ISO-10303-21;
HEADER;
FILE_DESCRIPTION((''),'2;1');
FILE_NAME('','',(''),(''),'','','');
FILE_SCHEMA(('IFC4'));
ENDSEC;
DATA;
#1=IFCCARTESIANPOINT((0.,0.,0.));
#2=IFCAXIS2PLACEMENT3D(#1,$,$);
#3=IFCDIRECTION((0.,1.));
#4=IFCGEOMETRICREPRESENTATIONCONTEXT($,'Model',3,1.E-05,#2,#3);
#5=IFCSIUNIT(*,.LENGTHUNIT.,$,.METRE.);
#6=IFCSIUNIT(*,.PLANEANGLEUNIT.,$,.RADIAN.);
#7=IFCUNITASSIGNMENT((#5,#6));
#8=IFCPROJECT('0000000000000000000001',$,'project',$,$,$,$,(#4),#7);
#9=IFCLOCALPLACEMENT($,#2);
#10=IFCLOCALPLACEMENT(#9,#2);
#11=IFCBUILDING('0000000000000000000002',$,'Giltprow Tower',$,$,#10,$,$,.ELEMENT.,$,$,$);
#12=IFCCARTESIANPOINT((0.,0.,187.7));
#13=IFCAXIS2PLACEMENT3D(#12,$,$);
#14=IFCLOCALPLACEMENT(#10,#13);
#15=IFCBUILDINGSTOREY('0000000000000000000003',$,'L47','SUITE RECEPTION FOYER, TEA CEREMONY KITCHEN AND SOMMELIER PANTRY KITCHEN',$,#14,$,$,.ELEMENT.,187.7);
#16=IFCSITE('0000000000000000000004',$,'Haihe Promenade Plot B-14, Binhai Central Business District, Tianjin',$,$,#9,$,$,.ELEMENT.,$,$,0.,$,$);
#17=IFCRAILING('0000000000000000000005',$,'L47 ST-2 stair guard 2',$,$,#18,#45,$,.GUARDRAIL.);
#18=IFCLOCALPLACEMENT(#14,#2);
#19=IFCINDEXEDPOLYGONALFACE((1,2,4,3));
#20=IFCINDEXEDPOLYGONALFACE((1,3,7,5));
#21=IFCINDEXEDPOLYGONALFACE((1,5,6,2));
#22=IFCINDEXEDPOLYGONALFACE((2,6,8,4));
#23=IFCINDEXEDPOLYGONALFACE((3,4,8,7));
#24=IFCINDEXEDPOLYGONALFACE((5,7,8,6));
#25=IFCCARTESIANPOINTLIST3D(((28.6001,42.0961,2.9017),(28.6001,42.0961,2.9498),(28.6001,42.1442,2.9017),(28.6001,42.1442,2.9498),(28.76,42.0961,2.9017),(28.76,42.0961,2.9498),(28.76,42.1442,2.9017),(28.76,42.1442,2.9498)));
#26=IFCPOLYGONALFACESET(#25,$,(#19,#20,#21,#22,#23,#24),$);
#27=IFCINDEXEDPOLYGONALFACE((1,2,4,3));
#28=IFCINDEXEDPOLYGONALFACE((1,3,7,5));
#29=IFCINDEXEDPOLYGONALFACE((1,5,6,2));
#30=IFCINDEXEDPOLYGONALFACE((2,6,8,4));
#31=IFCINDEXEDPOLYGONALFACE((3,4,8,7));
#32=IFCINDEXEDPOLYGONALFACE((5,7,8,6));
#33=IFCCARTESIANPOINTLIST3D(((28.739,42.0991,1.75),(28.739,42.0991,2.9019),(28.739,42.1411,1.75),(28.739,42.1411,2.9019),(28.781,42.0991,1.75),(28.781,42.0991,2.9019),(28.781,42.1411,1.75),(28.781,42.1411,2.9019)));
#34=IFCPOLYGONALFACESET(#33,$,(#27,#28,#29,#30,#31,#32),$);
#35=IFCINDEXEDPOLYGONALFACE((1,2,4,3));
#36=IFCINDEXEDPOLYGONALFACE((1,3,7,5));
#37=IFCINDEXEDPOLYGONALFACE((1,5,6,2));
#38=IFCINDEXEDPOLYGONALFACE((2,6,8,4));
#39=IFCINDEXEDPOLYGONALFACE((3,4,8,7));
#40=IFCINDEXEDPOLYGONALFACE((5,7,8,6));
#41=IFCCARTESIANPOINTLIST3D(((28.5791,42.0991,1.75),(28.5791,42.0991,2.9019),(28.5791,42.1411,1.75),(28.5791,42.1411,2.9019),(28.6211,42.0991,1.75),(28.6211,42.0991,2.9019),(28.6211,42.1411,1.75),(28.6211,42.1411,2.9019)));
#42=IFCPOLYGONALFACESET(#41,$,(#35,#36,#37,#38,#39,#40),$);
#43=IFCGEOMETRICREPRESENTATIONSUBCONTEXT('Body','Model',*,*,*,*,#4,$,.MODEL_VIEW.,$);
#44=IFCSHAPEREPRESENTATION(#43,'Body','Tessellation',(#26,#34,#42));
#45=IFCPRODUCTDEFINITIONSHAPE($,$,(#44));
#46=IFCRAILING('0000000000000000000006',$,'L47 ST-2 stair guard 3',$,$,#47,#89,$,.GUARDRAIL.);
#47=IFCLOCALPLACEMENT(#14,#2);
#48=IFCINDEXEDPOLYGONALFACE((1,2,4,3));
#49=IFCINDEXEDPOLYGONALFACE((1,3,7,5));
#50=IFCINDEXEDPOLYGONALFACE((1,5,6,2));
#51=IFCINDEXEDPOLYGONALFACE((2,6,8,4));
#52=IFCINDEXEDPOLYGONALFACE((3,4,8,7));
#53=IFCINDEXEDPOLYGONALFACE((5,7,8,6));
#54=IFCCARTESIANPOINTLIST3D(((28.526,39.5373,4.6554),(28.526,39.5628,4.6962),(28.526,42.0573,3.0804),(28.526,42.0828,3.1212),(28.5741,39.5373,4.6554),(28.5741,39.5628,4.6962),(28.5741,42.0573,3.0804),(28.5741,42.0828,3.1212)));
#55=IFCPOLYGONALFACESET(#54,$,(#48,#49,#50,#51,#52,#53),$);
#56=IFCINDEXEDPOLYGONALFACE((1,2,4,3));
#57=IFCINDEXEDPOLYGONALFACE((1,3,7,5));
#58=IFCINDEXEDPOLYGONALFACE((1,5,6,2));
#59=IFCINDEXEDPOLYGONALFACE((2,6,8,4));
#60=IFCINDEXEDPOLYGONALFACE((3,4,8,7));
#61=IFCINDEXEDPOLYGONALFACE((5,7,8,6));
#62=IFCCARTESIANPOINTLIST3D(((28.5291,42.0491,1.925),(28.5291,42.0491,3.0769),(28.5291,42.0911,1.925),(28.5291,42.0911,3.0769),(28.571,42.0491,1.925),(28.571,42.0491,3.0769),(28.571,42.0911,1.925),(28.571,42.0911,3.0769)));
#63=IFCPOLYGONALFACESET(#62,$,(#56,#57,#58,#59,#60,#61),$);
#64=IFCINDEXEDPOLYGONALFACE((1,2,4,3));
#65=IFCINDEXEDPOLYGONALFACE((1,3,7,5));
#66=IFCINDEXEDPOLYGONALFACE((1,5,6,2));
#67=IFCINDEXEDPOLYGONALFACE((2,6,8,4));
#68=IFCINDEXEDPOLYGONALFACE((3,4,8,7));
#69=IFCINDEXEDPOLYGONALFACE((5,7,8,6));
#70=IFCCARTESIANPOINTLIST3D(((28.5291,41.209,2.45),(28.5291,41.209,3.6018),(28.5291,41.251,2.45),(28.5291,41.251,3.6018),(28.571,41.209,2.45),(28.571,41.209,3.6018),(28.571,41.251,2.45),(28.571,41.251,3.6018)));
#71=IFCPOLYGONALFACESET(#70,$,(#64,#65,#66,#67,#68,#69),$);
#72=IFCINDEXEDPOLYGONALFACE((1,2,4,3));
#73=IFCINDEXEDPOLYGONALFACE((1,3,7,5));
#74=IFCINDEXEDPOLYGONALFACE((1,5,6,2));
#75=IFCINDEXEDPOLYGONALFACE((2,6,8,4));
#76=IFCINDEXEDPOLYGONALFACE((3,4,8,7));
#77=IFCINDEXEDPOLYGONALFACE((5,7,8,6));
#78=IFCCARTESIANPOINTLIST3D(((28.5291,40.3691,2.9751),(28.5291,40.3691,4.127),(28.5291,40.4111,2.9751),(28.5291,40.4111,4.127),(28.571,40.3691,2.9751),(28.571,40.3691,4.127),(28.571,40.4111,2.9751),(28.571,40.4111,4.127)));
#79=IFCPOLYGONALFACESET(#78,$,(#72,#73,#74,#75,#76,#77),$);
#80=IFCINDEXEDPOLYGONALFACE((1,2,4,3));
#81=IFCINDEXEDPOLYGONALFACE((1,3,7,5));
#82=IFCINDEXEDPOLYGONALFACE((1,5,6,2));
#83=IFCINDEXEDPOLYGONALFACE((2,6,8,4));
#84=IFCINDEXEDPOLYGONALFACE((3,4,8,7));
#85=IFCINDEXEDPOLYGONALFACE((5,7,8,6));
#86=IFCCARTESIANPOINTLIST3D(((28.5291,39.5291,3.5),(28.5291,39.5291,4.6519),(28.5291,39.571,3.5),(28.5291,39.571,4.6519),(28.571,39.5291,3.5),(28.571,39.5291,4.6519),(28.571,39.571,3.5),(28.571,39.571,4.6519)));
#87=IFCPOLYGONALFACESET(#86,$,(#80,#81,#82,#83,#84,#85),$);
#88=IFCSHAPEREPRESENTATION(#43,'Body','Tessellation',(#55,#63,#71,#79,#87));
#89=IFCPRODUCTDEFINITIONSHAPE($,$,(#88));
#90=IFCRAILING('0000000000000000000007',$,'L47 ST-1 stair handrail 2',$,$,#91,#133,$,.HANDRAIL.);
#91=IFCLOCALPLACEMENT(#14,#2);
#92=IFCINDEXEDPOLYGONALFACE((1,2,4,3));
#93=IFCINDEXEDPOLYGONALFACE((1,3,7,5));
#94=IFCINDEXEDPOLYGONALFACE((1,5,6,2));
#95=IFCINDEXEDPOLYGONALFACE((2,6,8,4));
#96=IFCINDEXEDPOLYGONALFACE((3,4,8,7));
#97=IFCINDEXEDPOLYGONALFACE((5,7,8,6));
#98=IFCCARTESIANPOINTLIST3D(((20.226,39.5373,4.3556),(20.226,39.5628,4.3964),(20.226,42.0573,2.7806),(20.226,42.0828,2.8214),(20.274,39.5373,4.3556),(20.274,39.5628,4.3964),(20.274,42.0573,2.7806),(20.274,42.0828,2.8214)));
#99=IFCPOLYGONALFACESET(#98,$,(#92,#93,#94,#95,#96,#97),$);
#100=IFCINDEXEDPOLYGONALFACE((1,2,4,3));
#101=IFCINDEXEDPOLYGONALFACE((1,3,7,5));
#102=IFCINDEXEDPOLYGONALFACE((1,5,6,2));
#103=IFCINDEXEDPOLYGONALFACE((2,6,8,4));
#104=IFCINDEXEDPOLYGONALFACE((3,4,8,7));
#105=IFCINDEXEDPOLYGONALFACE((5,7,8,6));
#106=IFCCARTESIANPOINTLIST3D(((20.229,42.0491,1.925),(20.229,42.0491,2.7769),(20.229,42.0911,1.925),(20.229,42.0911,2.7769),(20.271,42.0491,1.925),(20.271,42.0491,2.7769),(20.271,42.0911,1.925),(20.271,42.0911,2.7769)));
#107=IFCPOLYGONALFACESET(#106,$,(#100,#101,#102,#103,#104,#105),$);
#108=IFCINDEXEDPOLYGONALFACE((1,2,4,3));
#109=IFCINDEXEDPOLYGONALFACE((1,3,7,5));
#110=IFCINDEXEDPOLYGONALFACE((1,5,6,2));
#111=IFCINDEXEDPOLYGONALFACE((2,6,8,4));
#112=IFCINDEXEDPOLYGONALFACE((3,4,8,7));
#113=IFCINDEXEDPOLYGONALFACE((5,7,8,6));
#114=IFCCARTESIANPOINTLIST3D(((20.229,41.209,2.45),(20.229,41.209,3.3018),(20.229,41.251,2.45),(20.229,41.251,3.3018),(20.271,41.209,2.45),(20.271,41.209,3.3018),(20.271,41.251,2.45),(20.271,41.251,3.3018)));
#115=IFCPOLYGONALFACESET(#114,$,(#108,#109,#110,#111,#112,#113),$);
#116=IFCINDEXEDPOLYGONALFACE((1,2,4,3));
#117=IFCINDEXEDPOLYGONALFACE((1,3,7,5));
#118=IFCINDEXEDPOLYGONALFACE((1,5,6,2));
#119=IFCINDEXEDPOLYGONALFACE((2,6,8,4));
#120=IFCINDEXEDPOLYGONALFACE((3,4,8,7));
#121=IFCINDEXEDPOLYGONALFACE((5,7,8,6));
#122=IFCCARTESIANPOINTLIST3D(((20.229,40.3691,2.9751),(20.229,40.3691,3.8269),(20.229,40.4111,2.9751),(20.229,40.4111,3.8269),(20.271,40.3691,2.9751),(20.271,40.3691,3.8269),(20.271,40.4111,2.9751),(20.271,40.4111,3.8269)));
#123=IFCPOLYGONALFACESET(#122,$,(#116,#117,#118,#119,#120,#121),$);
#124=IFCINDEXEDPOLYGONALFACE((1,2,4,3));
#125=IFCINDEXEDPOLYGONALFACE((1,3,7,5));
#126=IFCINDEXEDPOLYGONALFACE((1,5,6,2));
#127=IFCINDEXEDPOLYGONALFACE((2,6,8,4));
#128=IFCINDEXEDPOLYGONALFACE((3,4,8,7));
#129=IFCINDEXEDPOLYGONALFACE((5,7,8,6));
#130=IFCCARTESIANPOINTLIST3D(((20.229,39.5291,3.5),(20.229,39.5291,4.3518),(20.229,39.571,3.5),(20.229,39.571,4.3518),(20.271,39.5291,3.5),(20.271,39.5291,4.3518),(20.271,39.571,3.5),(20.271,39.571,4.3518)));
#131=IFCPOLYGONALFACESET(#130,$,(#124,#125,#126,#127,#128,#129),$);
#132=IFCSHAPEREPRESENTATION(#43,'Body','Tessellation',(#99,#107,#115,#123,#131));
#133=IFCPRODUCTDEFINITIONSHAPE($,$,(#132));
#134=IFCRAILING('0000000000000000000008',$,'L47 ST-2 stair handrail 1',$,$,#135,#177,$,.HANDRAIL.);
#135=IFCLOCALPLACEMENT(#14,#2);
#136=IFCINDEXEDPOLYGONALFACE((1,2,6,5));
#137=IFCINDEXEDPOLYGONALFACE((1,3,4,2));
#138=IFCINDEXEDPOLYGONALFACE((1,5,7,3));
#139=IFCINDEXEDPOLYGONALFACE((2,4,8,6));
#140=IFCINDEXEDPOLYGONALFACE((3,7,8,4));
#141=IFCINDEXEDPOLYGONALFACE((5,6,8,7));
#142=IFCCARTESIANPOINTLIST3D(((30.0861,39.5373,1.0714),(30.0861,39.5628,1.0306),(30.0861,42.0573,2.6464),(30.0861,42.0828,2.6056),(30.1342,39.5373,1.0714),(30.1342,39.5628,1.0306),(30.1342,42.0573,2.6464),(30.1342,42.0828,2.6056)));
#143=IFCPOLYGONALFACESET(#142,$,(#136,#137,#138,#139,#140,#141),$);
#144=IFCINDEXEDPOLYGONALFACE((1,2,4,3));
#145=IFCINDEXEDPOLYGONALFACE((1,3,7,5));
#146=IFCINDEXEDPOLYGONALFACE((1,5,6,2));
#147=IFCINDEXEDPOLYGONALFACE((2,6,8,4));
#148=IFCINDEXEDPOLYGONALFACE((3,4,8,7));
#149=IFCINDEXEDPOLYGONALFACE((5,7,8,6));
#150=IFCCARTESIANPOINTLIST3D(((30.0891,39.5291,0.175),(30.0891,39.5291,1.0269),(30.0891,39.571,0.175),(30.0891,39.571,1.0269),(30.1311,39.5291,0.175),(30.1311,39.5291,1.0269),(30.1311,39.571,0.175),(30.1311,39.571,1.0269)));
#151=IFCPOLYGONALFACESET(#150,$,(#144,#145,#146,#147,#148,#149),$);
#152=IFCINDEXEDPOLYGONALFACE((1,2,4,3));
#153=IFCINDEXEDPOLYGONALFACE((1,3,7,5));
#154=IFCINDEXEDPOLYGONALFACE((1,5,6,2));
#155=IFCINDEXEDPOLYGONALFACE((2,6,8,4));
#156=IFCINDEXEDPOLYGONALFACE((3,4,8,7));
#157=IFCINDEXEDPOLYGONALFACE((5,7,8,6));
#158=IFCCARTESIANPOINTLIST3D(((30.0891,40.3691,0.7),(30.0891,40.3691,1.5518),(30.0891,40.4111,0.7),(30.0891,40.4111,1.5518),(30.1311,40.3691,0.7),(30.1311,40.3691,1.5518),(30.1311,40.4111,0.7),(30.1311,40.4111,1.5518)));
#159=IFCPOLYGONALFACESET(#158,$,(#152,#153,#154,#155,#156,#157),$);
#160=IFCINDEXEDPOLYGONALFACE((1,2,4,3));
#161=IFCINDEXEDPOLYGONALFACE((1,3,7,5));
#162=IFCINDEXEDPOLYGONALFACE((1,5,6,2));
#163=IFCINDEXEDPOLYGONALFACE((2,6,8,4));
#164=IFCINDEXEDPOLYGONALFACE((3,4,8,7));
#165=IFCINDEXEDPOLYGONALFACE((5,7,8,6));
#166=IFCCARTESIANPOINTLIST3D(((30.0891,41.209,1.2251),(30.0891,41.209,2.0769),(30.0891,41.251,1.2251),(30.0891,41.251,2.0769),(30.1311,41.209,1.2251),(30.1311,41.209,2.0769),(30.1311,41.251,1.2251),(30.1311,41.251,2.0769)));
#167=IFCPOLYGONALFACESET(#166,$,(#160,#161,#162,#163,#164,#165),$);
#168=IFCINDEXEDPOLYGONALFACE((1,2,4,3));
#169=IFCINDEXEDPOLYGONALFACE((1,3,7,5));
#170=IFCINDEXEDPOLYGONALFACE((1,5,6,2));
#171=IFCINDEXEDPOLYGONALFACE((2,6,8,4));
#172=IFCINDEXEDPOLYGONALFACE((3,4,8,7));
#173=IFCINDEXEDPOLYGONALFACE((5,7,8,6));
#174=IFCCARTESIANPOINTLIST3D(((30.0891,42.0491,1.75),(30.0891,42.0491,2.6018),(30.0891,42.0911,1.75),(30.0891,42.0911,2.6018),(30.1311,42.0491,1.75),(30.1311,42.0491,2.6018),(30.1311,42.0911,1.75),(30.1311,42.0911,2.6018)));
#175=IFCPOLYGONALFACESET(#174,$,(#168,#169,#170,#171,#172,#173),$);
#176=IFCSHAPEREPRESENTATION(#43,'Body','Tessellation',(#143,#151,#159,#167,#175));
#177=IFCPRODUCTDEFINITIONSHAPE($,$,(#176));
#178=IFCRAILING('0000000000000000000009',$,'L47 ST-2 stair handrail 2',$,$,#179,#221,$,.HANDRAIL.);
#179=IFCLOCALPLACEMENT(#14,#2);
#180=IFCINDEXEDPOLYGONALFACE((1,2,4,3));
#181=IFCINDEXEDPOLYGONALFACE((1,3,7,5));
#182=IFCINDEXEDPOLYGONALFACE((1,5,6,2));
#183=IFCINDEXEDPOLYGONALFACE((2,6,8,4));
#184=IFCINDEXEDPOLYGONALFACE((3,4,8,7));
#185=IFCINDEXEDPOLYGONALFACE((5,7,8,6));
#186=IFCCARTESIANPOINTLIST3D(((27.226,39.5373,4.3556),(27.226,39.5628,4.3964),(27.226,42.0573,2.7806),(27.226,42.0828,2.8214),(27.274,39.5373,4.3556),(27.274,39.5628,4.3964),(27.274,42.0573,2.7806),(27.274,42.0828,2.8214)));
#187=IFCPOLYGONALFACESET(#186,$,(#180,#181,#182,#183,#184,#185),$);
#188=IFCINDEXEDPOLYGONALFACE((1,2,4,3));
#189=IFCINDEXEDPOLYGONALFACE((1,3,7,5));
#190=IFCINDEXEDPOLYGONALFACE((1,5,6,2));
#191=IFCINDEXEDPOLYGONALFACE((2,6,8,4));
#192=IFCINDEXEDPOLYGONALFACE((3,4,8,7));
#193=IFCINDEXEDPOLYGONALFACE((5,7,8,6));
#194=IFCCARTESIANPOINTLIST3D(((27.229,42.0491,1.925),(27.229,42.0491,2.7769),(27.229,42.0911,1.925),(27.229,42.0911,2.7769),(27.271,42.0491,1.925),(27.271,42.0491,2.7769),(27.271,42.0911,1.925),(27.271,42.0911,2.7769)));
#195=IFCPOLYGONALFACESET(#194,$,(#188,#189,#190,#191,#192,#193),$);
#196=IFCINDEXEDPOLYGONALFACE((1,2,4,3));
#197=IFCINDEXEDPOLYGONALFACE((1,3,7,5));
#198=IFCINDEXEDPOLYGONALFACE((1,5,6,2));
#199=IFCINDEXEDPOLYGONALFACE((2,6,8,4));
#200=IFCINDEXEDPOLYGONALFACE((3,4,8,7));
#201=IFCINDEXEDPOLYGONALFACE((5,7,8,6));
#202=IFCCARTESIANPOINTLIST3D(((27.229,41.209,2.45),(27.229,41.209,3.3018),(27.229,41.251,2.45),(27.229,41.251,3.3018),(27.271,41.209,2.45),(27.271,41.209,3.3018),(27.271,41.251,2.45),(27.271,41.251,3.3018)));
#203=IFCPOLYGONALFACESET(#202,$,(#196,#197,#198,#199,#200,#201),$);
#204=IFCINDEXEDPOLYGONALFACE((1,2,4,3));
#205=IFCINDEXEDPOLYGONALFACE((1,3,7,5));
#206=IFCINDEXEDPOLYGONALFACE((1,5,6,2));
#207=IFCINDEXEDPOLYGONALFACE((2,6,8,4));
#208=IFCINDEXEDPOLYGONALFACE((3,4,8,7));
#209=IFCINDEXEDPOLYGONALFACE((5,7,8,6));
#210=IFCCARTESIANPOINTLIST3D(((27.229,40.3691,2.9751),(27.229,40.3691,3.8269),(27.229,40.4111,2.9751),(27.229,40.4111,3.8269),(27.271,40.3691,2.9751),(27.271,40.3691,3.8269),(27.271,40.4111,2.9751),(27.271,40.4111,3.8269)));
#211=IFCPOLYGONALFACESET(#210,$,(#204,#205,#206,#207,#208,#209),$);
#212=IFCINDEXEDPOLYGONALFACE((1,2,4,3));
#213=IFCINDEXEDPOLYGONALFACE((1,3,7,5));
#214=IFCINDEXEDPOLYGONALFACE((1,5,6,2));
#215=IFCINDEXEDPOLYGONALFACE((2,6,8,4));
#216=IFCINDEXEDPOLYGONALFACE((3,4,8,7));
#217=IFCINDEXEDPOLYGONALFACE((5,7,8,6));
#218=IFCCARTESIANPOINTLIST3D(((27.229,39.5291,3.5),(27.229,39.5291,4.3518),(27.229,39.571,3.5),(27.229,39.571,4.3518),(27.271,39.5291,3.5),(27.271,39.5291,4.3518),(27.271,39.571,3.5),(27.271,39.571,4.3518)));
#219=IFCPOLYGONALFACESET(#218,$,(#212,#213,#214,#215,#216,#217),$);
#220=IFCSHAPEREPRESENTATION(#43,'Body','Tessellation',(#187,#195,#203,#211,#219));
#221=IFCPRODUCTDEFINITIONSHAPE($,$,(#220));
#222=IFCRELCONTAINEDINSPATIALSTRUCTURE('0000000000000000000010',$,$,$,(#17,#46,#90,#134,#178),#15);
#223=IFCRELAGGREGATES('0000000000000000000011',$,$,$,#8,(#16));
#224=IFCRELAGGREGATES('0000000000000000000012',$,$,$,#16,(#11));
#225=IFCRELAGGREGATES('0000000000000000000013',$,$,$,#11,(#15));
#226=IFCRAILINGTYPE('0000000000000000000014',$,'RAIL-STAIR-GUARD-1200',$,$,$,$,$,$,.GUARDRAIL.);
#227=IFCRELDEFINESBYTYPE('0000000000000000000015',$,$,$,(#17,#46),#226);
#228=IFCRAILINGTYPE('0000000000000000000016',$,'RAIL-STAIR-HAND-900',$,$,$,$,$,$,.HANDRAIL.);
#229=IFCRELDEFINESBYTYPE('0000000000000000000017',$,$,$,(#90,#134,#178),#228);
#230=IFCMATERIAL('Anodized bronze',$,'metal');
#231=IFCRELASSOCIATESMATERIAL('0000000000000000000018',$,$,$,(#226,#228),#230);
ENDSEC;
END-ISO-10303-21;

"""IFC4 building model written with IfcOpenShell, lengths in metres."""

from ifc_helpers import new_model, si_unit, direction, frame, origin, origin_2d, place, context, subcontext, project, spatial, rectangle, extrude, material, type_object, element, save


model = new_model("IFC4")

# Units and contexts
model_context = context("Model", 3, precision=1e-05, world=origin(), true_north=direction((0.0, 1.0)))
body_context = subcontext(model_context, "Body", "Model", "MODEL_VIEW")
ifc_project = project(units=[si_unit("LENGTHUNIT", "METRE"), si_unit("PLANEANGLEUNIT", "RADIAN")], contexts=[model_context])

# Site, building, storey
site_placement = place(None, origin())
site = spatial("IfcSite", under=ifc_project, at=site_placement, Name="Haihe Promenade Plot B-14, Binhai Central Business District, Tianjin", CompositionType="ELEMENT", RefElevation=0.0)
building_placement = place(site_placement, origin())
building = spatial("IfcBuilding", under=site, at=building_placement, Name="Giltprow Tower", CompositionType="ELEMENT")
storey_placement = place(building_placement, frame((0.0, 0.0, 187.7)))
storey = spatial("IfcBuildingStorey", under=building, at=storey_placement, Name="L47", Description="SUITE RECEPTION FOYER, TEA CEREMONY KITCHEN AND SOMMELIER PANTRY KITCHEN", CompositionType="ELEMENT", Elevation=187.7)

# Railings
ifc_material_1 = material(Name="Anodized bronze", Category="metal")
railing_type_1 = type_object("IfcRailingType", Name="RAIL-STAIR-GUARD-1200", PredefinedType="GUARDRAIL", material=ifc_material_1)
railing_1_placement = place(storey_placement, frame((28.76, 42.1201, 1.75)))
element("IfcRailing", 1, at=railing_1_placement, inside=storey, type_object=railing_type_1, Name="L47 ST-2 stair guard 2", PredefinedType="GUARDRAIL", context=body_context, shape_type="SweptSolid", body=[
    extrude(rectangle(XDim=0.0481, YDim=0.0481, at=origin_2d()), frame((0.0, 0.0, 1.1758), z_axis=(-1.0, 0.0, 0.0), x_axis=(0.0, -1.0, 0.0)), (0.0, 0.0, 1.0), 0.1599),
    extrude(rectangle(XDim=0.042, YDim=0.042, at=origin_2d()), origin(), (0.0, 0.0, 1.0), 1.1519),
    extrude(rectangle(XDim=0.042, YDim=0.042, at=origin_2d()), frame((-0.1599, 0.0, 0.0)), (0.0, 0.0, 1.0), 1.1519),
])
railing_2_placement = place(storey_placement, frame((28.55, 42.0701, 1.925)))
element("IfcRailing", 2, at=railing_2_placement, inside=storey, type_object=railing_type_1, Name="L47 ST-2 stair guard 3", PredefinedType="GUARDRAIL", context=body_context, shape_type="SweptSolid", body=[
    extrude(rectangle(XDim=0.0481, YDim=0.0481, at=origin_2d()), frame((0.0, 0.0, 1.1758), z_axis=(0.0, -0.848008, 0.529984), x_axis=(1.0, 0.0, 0.0)), (0.0, 0.0, 1.0), 2.9717),
    extrude(rectangle(XDim=0.042, YDim=0.042, at=origin_2d()), origin(), (0.0, 0.0, 1.0), 1.1519),
    extrude(rectangle(XDim=0.042, YDim=0.042, at=origin_2d()), frame((0.0, -0.8401, 0.5249)), (0.0, 0.0, 1.0), 1.1519),
    extrude(rectangle(XDim=0.042, YDim=0.042, at=origin_2d()), frame((0.0, -1.6799, 1.05)), (0.0, 0.0, 1.0), 1.1519),
    extrude(rectangle(XDim=0.042, YDim=0.042, at=origin_2d()), frame((0.0, -2.52, 1.575)), (0.0, 0.0, 1.0), 1.1519),
])
railing_type_2 = type_object("IfcRailingType", Name="RAIL-STAIR-HAND-900", PredefinedType="HANDRAIL", material=ifc_material_1)
railing_3_placement = place(storey_placement, frame((20.25, 42.0701, 1.925)))
element("IfcRailing", 3, at=railing_3_placement, inside=storey, type_object=railing_type_2, Name="L47 ST-1 stair handrail 2", PredefinedType="HANDRAIL", context=body_context, shape_type="SweptSolid", body=[
    extrude(rectangle(XDim=0.0481, YDim=0.0481, at=origin_2d()), frame((0.0, 0.0, 0.876), z_axis=(0.0, -0.848008, 0.529984), x_axis=(1.0, 0.0, 0.0)), (0.0, 0.0, 1.0), 2.9717),
    extrude(rectangle(XDim=0.042, YDim=0.042, at=origin_2d()), origin(), (0.0, 0.0, 1.0), 0.8518),
    extrude(rectangle(XDim=0.042, YDim=0.042, at=origin_2d()), frame((0.0, -0.8401, 0.5249)), (0.0, 0.0, 1.0), 0.8518),
    extrude(rectangle(XDim=0.042, YDim=0.042, at=origin_2d()), frame((0.0, -1.6799, 1.05)), (0.0, 0.0, 1.0), 0.8518),
    extrude(rectangle(XDim=0.042, YDim=0.042, at=origin_2d()), frame((0.0, -2.52, 1.575)), (0.0, 0.0, 1.0), 0.8518),
])
railing_4_placement = place(storey_placement, frame((30.1101, 39.55, 0.175)))
element("IfcRailing", 4, at=railing_4_placement, inside=storey, type_object=railing_type_2, Name="L47 ST-2 stair handrail 1", PredefinedType="HANDRAIL", context=body_context, shape_type="SweptSolid", body=[
    extrude(rectangle(XDim=0.0481, YDim=0.0481, at=origin_2d()), frame((0.0, 0.0, 0.876), z_axis=(0.0, 0.848008, 0.529984), x_axis=(-1.0, 0.0, 0.0)), (0.0, 0.0, 1.0), 2.9717),
    extrude(rectangle(XDim=0.042, YDim=0.042, at=origin_2d()), origin(), (0.0, 0.0, 1.0), 0.8518),
    extrude(rectangle(XDim=0.042, YDim=0.042, at=origin_2d()), frame((0.0, 0.8401, 0.5249)), (0.0, 0.0, 1.0), 0.8518),
    extrude(rectangle(XDim=0.042, YDim=0.042, at=origin_2d()), frame((0.0, 1.6799, 1.05)), (0.0, 0.0, 1.0), 0.8518),
    extrude(rectangle(XDim=0.042, YDim=0.042, at=origin_2d()), frame((0.0, 2.52, 1.575)), (0.0, 0.0, 1.0), 0.8518),
])
railing_5_placement = place(storey_placement, frame((27.25, 42.0701, 1.925)))
element("IfcRailing", 5, at=railing_5_placement, inside=storey, type_object=railing_type_2, Name="L47 ST-2 stair handrail 2", PredefinedType="HANDRAIL", context=body_context, shape_type="SweptSolid", body=[
    extrude(rectangle(XDim=0.0481, YDim=0.0481, at=origin_2d()), frame((0.0, 0.0, 0.876), z_axis=(0.0, -0.848008, 0.529984), x_axis=(1.0, 0.0, 0.0)), (0.0, 0.0, 1.0), 2.9717),
    extrude(rectangle(XDim=0.042, YDim=0.042, at=origin_2d()), origin(), (0.0, 0.0, 1.0), 0.8518),
    extrude(rectangle(XDim=0.042, YDim=0.042, at=origin_2d()), frame((0.0, -0.8401, 0.5249)), (0.0, 0.0, 1.0), 0.8518),
    extrude(rectangle(XDim=0.042, YDim=0.042, at=origin_2d()), frame((0.0, -1.6799, 1.05)), (0.0, 0.0, 1.0), 0.8518),
    extrude(rectangle(XDim=0.042, YDim=0.042, at=origin_2d()), frame((0.0, -2.52, 1.575)), (0.0, 0.0, 1.0), 0.8518),
])

save(model, "model.ifc")
